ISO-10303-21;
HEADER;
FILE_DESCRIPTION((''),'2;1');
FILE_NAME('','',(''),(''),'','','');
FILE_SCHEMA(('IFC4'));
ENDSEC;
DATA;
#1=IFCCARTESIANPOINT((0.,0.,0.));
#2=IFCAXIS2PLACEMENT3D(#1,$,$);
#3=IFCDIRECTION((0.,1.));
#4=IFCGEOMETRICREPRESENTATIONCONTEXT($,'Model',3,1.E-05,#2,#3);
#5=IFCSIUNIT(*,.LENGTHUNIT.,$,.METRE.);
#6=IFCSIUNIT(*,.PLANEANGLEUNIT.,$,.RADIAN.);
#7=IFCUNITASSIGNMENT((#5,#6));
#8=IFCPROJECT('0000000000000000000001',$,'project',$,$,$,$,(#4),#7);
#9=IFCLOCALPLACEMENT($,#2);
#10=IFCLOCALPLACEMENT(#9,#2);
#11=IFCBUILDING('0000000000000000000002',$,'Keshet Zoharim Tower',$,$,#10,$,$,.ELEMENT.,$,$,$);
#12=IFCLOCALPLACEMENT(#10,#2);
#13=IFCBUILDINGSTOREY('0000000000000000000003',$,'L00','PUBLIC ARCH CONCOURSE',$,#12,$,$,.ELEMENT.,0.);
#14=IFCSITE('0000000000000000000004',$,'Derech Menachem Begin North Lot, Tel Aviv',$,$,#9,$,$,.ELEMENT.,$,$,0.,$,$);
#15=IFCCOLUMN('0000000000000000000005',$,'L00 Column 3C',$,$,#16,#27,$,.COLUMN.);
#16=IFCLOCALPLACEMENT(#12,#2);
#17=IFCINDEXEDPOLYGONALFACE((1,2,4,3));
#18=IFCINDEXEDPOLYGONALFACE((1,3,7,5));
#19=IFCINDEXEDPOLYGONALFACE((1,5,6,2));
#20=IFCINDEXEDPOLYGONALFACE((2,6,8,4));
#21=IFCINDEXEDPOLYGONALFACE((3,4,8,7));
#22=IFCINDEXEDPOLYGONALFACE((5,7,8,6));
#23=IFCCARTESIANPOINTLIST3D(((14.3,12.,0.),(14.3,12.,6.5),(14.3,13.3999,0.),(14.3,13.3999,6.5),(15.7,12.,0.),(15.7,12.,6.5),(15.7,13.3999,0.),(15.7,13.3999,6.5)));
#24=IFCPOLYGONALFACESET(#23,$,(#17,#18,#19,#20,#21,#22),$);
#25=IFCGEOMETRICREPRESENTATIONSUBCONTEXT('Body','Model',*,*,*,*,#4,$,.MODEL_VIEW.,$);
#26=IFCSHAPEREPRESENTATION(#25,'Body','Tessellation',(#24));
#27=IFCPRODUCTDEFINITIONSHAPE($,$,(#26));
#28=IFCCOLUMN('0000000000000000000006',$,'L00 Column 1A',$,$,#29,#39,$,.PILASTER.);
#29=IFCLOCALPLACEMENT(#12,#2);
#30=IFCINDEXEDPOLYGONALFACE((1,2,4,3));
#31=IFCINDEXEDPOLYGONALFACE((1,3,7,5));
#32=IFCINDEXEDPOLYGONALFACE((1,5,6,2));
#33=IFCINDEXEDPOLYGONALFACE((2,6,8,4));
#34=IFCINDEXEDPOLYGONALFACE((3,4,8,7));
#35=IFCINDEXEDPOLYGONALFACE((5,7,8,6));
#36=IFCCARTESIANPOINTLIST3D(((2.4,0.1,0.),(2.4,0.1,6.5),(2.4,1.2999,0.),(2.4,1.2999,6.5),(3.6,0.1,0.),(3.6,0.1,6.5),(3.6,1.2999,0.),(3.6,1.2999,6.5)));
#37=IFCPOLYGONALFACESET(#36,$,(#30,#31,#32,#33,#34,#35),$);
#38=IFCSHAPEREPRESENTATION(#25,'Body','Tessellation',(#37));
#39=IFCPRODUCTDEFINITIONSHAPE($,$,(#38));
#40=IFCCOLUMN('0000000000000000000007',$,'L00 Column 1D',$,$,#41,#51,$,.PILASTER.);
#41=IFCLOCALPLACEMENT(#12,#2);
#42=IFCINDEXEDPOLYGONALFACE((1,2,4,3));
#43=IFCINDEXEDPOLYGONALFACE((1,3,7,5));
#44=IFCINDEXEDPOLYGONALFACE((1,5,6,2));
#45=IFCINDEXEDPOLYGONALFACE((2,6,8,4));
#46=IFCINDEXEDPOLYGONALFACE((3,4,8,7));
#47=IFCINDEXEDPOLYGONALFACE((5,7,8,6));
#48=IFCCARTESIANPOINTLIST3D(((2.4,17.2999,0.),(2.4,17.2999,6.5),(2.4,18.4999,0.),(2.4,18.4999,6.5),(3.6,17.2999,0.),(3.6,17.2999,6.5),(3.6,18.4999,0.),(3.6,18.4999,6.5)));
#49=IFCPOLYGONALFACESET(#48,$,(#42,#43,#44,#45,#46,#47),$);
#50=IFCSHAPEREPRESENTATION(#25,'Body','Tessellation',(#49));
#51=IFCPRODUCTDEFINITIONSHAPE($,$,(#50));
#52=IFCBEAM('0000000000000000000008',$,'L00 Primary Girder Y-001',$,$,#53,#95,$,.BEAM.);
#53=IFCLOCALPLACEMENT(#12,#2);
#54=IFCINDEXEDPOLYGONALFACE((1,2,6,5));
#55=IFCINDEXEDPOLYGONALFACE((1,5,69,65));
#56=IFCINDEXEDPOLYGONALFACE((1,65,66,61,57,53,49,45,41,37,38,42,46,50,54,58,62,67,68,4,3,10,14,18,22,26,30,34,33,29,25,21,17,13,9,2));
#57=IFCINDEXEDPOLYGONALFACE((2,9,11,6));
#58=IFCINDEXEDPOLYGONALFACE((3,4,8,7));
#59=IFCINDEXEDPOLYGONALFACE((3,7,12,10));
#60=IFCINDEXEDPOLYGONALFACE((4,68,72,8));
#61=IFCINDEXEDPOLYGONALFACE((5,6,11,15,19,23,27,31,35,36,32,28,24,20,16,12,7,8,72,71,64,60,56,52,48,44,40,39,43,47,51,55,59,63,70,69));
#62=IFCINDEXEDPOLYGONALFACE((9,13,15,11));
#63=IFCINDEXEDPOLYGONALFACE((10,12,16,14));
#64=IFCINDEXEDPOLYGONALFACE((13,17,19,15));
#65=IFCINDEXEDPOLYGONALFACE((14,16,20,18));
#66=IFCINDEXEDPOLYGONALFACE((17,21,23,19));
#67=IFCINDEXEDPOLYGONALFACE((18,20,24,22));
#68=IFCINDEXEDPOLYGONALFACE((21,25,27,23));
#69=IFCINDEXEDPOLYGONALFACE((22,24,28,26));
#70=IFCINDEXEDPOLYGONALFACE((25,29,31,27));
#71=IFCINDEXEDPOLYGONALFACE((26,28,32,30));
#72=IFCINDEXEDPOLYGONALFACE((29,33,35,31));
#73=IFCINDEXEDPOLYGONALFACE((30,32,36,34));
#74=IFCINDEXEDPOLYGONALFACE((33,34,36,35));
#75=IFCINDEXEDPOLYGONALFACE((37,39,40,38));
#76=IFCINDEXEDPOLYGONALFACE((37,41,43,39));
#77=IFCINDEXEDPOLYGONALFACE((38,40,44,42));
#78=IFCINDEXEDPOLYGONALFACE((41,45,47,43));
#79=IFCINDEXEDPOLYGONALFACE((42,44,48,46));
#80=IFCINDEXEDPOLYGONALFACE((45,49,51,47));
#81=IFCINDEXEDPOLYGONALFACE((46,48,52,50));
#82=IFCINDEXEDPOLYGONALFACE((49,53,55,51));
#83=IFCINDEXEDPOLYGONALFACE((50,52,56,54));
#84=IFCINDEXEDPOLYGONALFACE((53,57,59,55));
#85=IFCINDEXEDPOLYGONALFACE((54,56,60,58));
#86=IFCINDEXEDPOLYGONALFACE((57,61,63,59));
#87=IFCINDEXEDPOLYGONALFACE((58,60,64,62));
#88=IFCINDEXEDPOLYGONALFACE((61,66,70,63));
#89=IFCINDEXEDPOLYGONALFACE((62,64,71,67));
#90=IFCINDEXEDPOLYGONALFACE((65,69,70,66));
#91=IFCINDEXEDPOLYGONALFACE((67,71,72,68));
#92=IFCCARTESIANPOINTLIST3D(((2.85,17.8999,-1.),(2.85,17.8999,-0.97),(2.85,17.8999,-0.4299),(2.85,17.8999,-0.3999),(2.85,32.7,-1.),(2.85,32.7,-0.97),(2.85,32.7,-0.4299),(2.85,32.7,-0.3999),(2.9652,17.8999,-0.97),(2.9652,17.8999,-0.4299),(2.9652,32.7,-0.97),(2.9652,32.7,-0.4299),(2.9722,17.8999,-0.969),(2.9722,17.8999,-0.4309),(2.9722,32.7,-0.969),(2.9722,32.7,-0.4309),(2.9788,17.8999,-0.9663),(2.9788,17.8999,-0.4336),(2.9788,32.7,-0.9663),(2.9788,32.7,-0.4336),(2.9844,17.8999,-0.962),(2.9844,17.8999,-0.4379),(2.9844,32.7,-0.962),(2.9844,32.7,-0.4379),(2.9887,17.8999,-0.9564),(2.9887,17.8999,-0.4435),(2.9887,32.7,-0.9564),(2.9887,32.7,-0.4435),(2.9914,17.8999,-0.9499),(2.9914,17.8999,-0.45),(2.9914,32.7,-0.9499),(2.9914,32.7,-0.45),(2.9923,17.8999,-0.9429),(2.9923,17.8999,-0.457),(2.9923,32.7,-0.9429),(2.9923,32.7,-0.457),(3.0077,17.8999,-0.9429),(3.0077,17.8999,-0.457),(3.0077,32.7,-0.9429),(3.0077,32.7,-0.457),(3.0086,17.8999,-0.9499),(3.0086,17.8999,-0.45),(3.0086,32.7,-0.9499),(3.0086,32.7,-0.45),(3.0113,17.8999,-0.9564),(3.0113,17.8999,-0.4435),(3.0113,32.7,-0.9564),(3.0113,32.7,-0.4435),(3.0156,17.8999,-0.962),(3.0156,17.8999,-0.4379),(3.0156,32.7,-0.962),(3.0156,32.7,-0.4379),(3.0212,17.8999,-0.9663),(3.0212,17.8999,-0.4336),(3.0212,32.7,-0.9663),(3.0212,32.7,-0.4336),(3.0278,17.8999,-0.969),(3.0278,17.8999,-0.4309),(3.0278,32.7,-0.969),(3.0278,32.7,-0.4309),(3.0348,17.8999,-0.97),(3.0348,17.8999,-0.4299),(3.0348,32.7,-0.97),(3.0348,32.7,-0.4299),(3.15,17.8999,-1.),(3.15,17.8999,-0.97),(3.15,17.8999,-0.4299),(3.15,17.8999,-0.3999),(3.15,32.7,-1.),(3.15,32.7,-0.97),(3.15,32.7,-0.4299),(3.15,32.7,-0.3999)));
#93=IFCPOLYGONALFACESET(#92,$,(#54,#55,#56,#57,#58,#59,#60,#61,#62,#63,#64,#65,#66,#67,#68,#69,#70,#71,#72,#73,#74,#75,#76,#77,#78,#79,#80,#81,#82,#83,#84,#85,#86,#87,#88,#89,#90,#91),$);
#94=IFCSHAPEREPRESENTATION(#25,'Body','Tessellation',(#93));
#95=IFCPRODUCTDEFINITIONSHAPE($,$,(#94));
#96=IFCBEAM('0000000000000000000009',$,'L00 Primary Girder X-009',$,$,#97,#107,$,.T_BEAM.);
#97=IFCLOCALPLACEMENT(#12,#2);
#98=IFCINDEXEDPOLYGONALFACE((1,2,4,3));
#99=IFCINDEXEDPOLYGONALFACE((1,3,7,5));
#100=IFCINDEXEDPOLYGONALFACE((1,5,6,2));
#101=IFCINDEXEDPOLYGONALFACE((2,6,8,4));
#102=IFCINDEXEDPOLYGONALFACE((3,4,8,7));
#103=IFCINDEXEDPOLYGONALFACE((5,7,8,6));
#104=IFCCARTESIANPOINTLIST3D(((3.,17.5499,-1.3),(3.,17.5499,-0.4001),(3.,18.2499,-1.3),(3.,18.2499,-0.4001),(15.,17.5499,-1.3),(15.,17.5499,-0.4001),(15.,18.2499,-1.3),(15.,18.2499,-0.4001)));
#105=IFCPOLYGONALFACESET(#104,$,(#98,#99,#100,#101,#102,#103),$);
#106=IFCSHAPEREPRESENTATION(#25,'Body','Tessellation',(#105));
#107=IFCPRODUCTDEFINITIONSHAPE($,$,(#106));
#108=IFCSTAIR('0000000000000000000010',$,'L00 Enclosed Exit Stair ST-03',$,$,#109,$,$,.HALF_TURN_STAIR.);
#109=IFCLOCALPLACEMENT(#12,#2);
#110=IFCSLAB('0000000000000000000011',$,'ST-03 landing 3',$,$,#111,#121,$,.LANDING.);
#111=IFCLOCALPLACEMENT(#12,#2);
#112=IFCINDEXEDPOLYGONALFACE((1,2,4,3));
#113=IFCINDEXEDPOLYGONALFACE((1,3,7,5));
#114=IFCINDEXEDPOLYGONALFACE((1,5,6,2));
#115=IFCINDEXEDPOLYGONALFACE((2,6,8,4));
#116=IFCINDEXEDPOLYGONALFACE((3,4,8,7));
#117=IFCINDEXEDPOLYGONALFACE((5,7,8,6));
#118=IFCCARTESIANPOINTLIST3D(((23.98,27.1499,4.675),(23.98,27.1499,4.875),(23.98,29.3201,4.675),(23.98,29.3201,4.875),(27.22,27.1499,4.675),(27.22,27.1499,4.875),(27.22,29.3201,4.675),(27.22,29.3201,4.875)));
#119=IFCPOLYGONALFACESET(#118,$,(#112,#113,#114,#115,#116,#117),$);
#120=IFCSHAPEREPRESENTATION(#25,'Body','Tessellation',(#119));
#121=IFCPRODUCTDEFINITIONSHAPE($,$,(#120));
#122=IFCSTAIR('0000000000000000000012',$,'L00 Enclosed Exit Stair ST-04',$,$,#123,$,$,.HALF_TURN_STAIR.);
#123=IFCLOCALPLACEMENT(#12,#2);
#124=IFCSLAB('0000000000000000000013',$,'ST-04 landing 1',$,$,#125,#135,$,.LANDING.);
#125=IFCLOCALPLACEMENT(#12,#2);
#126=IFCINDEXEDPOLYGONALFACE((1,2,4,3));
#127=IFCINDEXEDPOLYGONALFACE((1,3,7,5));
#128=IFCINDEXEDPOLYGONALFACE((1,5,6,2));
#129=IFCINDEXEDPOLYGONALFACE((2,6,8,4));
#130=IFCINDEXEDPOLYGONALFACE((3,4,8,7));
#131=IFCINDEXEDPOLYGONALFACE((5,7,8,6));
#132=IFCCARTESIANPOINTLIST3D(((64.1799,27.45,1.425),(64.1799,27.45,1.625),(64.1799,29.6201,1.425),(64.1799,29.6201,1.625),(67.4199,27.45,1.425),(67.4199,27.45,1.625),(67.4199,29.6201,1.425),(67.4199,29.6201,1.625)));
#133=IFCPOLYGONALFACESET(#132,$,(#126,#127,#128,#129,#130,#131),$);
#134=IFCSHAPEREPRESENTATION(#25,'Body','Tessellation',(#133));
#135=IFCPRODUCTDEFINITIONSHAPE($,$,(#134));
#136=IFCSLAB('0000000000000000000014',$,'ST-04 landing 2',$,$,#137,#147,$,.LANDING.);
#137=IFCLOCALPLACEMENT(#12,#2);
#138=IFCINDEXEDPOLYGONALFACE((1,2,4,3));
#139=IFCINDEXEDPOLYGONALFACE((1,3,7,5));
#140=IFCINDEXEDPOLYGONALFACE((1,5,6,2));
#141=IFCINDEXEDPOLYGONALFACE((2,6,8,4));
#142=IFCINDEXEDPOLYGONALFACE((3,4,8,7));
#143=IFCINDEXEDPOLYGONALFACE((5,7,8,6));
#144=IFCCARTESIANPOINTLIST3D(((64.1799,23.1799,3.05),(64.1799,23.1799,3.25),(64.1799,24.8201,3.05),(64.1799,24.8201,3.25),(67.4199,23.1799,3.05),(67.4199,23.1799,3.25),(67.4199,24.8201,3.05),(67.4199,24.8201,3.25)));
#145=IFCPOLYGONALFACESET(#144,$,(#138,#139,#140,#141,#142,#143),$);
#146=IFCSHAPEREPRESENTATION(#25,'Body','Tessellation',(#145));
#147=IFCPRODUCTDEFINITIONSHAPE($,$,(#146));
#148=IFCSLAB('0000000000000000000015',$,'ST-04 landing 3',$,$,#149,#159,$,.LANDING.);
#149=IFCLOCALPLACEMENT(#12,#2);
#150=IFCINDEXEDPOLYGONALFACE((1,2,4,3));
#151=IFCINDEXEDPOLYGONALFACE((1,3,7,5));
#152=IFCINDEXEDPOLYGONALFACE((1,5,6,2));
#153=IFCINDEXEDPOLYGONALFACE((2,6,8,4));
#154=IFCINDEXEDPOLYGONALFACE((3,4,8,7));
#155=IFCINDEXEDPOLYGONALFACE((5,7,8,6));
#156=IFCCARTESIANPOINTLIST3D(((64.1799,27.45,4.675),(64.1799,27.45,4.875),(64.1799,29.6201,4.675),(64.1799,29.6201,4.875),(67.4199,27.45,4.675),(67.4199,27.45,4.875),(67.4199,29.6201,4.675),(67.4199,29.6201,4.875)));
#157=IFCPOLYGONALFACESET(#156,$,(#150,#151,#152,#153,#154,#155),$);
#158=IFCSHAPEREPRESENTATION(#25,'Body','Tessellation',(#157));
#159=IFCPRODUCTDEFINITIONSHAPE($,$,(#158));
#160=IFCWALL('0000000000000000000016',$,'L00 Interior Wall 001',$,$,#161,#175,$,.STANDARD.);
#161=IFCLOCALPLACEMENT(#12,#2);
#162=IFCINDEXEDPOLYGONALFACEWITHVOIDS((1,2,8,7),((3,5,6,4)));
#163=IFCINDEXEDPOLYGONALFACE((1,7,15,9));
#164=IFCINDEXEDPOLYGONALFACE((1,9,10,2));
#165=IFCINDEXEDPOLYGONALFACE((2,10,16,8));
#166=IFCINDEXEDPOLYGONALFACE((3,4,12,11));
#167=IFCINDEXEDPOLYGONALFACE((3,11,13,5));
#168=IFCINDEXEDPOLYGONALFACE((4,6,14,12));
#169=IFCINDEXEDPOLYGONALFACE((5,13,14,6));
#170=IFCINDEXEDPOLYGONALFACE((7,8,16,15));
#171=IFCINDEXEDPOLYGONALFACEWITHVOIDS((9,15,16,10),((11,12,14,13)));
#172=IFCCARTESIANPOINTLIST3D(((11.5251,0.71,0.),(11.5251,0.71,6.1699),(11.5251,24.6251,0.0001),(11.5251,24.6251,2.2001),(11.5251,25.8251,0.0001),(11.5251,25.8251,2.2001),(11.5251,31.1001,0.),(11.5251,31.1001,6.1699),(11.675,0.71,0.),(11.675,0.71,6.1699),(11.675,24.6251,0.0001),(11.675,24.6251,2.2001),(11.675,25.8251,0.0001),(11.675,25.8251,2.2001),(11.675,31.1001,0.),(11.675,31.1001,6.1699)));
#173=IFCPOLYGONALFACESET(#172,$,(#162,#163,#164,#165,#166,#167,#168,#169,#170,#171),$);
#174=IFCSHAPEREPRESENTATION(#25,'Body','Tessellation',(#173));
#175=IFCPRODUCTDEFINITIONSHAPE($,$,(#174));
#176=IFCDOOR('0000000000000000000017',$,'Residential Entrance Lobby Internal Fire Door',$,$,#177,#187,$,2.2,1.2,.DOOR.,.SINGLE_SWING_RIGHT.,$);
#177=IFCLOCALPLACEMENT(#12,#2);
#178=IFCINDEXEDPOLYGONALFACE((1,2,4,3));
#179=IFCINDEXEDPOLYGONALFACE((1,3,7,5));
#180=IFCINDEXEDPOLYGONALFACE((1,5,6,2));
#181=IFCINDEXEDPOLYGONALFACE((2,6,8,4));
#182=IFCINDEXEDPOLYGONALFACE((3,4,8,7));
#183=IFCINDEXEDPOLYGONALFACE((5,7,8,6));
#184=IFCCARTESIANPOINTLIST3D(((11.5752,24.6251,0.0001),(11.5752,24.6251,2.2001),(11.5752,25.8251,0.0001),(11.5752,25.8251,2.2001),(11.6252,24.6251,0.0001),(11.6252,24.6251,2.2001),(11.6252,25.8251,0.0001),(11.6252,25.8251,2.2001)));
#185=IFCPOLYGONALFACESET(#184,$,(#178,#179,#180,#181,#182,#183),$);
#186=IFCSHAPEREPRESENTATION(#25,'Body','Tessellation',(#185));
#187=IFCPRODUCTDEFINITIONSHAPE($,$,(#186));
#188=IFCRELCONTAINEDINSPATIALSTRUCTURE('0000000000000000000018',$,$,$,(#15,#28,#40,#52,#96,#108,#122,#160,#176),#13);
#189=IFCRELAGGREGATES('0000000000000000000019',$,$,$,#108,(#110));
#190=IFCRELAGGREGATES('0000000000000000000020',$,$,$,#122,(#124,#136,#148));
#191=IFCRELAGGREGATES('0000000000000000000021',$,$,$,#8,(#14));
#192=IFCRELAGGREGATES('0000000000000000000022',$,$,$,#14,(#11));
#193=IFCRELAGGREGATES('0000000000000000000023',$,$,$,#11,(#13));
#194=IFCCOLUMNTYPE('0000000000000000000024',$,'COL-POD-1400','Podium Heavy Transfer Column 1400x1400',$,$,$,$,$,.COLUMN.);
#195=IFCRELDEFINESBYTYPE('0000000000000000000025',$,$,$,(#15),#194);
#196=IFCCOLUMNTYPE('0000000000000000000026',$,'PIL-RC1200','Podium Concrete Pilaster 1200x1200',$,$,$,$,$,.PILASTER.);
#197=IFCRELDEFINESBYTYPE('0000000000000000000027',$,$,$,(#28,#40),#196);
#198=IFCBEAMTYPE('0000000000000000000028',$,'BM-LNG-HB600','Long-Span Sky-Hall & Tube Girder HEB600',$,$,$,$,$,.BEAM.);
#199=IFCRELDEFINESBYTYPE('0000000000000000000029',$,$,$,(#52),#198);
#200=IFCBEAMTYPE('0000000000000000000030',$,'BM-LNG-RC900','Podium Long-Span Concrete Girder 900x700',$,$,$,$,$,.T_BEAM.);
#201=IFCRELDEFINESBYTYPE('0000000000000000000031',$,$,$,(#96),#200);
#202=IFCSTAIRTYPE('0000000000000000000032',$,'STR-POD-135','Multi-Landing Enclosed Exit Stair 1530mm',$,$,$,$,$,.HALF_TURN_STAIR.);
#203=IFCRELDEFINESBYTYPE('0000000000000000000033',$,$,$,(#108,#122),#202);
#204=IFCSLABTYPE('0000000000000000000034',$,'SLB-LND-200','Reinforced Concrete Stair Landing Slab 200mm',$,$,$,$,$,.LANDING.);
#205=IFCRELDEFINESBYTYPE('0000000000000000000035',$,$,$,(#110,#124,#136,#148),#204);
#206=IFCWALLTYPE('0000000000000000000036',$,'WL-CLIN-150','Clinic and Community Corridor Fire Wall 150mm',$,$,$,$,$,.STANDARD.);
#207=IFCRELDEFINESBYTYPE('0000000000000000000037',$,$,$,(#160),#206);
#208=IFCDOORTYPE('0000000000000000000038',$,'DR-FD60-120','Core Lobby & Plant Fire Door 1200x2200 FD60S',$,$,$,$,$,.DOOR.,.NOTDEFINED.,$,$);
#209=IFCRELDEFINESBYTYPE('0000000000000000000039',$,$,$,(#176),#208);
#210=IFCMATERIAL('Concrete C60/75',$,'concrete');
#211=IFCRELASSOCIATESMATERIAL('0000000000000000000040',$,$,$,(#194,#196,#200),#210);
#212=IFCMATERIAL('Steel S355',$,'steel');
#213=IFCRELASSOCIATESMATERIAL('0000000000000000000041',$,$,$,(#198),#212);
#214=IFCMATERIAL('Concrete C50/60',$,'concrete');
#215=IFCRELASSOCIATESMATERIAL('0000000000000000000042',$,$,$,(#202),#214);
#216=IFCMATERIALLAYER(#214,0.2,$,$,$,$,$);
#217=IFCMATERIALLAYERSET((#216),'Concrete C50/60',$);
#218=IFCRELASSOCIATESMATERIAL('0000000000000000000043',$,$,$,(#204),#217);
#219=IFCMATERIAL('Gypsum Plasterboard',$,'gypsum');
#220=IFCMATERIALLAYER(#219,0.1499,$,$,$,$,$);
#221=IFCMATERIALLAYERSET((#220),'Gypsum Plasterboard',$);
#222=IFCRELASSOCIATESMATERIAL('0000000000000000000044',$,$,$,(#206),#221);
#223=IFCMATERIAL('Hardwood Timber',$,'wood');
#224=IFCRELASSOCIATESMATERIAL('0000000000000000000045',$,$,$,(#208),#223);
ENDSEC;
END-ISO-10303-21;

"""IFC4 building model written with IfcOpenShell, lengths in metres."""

from ifc_helpers import new_model, si_unit, direction, frame, frame_2d, origin, origin_2d, place, context, subcontext, project, spatial, polyline, rectangle, i_section, outline, extrude, material, layer, layer_set, material_profile, profile_set, type_object, element, fill, aggregate, save


model = new_model("IFC4")

# Units and contexts
model_context = context("Model", 3, precision=1e-05, world=origin(), true_north=direction((0.0, 1.0)))
body_context = subcontext(model_context, "Body", "Model", "MODEL_VIEW")
ifc_project = project(units=[si_unit("LENGTHUNIT", "METRE"), si_unit("PLANEANGLEUNIT", "RADIAN")], contexts=[model_context])

# Site, building, storey
site_placement = place(None, origin())
site = spatial("IfcSite", under=ifc_project, at=site_placement, Name="Derech Menachem Begin North Lot, Tel Aviv", CompositionType="ELEMENT", RefElevation=0.0)
building_placement = place(site_placement, origin())
building = spatial("IfcBuilding", under=site, at=building_placement, Name="Keshet Zoharim Tower", CompositionType="ELEMENT")
storey_placement = place(building_placement, origin())
storey = spatial("IfcBuildingStorey", under=building, at=storey_placement, Name="L00", Description="PUBLIC ARCH CONCOURSE", CompositionType="ELEMENT", Elevation=0.0)

# Columns
ifc_material_1 = material(Name="Concrete C60/75", Category="concrete")
ifc_material_profile_1 = material_profile(ifc_material_1, rectangle(XDim=1.3999, YDim=1.3999, at=origin_2d()), Name="RC1400x1400")
ifc_profile_set_1 = profile_set([ifc_material_profile_1], Name="Concrete C60/75")
column_type_1 = type_object("IfcColumnType", Name="COL-POD-1400", Description="Podium Heavy Transfer Column 1400x1400", PredefinedType="COLUMN", material=ifc_profile_set_1)
column_placement = place(storey_placement, frame((15.0, 12.7, 0.0), z_axis=(0.0, 0.0, 1.0), x_axis=(1.0, 0.0, 0.0)))
element("IfcColumn", 1, at=column_placement, inside=storey, type_object=column_type_1, Name="L00 Column 3C", PredefinedType="COLUMN", context=body_context, shape_type="SweptSolid", body=[
    extrude(rectangle(XDim=1.3999, YDim=1.3999, at=origin_2d()), origin(), (0.0, 0.0, 1.0), 6.5),
])
ifc_material_profile_2 = material_profile(ifc_material_1, rectangle(XDim=1.2, YDim=1.2, at=origin_2d()), Name="RC1200x1200")
ifc_profile_set_2 = profile_set([ifc_material_profile_2], Name="Concrete C60/75")
column_type_2 = type_object("IfcColumnType", Name="PIL-RC1200", Description="Podium Concrete Pilaster 1200x1200", PredefinedType="PILASTER", material=ifc_profile_set_2)
for number, where, z_axis, x_axis, name in (
    (2, (3.0, 0.7, 0.0), (0.0, 0.0, 1.0), (1.0, 0.0, 0.0), "L00 Column 1A"),
    (3, (3.0, 17.8999, 0.0), (0.0, 0.0, 1.0), (1.0, 0.0, 0.0), "L00 Column 1D"),
):
    element("IfcColumn", number, at=place(storey_placement, frame(where, z_axis=z_axis, x_axis=x_axis)), inside=storey, type_object=column_type_2, Name=name, PredefinedType="PILASTER", context=body_context, shape_type="SweptSolid", body=[
        extrude(rectangle(XDim=1.2, YDim=1.2, at=origin_2d()), origin(), (0.0, 0.0, 1.0), 6.5),
    ])

# Beams
ifc_material_2 = material(Name="Steel S355", Category="steel")
ifc_material_profile_3 = material_profile(ifc_material_2, i_section(OverallWidth=0.3, OverallDepth=0.6001, WebThickness=0.0154, FlangeThickness=0.03, FilletRadius=0.0271, at=origin_2d()), Name="HEB600")
ifc_profile_set_3 = profile_set([ifc_material_profile_3], Name="Steel S355")
beam_type_1 = type_object("IfcBeamType", Name="BM-LNG-HB600", Description="Long-Span Sky-Hall & Tube Girder HEB600", PredefinedType="BEAM", material=ifc_profile_set_3)
beam_1_placement = place(storey_placement, frame((3.0, 17.8999, -0.7), z_axis=(0.0, 1.0, 0.0), x_axis=(-1.0, 0.0, 0.0)))
element("IfcBeam", 4, at=beam_1_placement, inside=storey, type_object=beam_type_1, Name="L00 Primary Girder Y-001", PredefinedType="BEAM", context=body_context, shape_type="SweptSolid", body=[
    extrude(i_section(OverallWidth=0.3, OverallDepth=0.6001, WebThickness=0.0154, FlangeThickness=0.03, FilletRadius=0.0271, at=origin_2d()), origin(), (0.0, 0.0, 1.0), 14.8),
])
ifc_material_profile_4 = material_profile(ifc_material_1, rectangle(XDim=0.7, YDim=0.8999, at=origin_2d()), Name="RC900x700")
ifc_profile_set_4 = profile_set([ifc_material_profile_4], Name="Concrete C60/75")
beam_type_2 = type_object("IfcBeamType", Name="BM-LNG-RC900", Description="Podium Long-Span Concrete Girder 900x700", PredefinedType="T_BEAM", material=ifc_profile_set_4)
beam_2_placement = place(storey_placement, frame((3.0, 17.8999, -0.8501), z_axis=(1.0, 0.0, 0.0), x_axis=(0.0, 1.0, 0.0)))
element("IfcBeam", 5, at=beam_2_placement, inside=storey, type_object=beam_type_2, Name="L00 Primary Girder X-009", PredefinedType="T_BEAM", context=body_context, shape_type="SweptSolid", body=[
    extrude(rectangle(XDim=0.7, YDim=0.8999, at=origin_2d()), origin(), (0.0, 0.0, 1.0), 12.0),
])

# Stair, slab
ifc_material_3 = material(Name="Concrete C50/60", Category="concrete")
stair_type = type_object("IfcStairType", Name="STR-POD-135", Description="Multi-Landing Enclosed Exit Stair 1530mm", PredefinedType="HALF_TURN_STAIR", material=ifc_material_3)
stair_1_placement = place(storey_placement, origin())
stair_1 = element("IfcStair", 6, at=stair_1_placement, inside=storey, type_object=stair_type, Name="L00 Enclosed Exit Stair ST-03", PredefinedType="HALF_TURN_STAIR")
ifc_layer_1 = layer(ifc_material_3, 0.2)
ifc_layer_set_1 = layer_set([ifc_layer_1], Name="Concrete C50/60")
slab_type = type_object("IfcSlabType", Name="SLB-LND-200", Description="Reinforced Concrete Stair Landing Slab 200mm", PredefinedType="LANDING", material=ifc_layer_set_1)
slab_1_placement = place(storey_placement, frame((0.0, 0.0, 4.675)))
slab_1 = element("IfcSlab", 7, at=slab_1_placement, type_object=slab_type, Name="ST-03 landing 3", PredefinedType="LANDING", context=body_context, shape_type="SweptSolid", body=[
    extrude(outline(polyline([(23.98, 27.1499), (27.22, 27.1499), (27.22, 29.3201), (23.98, 29.3201), (23.98, 27.1499)])), origin(), (0.0, 0.0, 1.0), 0.2),
])
aggregate(stair_1, [slab_1])

# Stair, slabs
stair_2_placement = place(storey_placement, origin())
stair_2 = element("IfcStair", 8, at=stair_2_placement, inside=storey, type_object=stair_type, Name="L00 Enclosed Exit Stair ST-04", PredefinedType="HALF_TURN_STAIR")
slab_2_placement = place(storey_placement, frame((0.0, 0.0, 1.425)))
slab_2 = element("IfcSlab", 9, at=slab_2_placement, type_object=slab_type, Name="ST-04 landing 1", PredefinedType="LANDING", context=body_context, shape_type="SweptSolid", body=[
    extrude(outline(polyline([(64.1799, 27.45), (67.4199, 27.45), (67.4199, 29.6201), (64.1799, 29.6201), (64.1799, 27.45)])), origin(), (0.0, 0.0, 1.0), 0.2),
])
slab_3_placement = place(storey_placement, frame((0.0, 0.0, 3.05)))
slab_3 = element("IfcSlab", 10, at=slab_3_placement, type_object=slab_type, Name="ST-04 landing 2", PredefinedType="LANDING", context=body_context, shape_type="SweptSolid", body=[
    extrude(outline(polyline([(64.1799, 23.1799), (67.4199, 23.1799), (67.4199, 24.8201), (64.1799, 24.8201), (64.1799, 23.1799)])), origin(), (0.0, 0.0, 1.0), 0.2),
])
slab_4_placement = place(storey_placement, frame((0.0, 0.0, 4.675)))
slab_4 = element("IfcSlab", 11, at=slab_4_placement, type_object=slab_type, Name="ST-04 landing 3", PredefinedType="LANDING", context=body_context, shape_type="SweptSolid", body=[
    extrude(outline(polyline([(64.1799, 27.45), (67.4199, 27.45), (67.4199, 29.6201), (64.1799, 29.6201), (64.1799, 27.45)])), origin(), (0.0, 0.0, 1.0), 0.2),
])
aggregate(stair_2, [slab_2, slab_3, slab_4])

# Wall, opening, door
ifc_material_4 = material(Name="Gypsum Plasterboard", Category="gypsum")
ifc_layer_2 = layer(ifc_material_4, 0.1499)
ifc_layer_set_2 = layer_set([ifc_layer_2], Name="Gypsum Plasterboard")
wall_type_1 = type_object("IfcWallType", Name="WL-CLIN-150", Description="Clinic and Community Corridor Fire Wall 150mm", PredefinedType="STANDARD", material=ifc_layer_set_2)
wall_1_placement = place(storey_placement, frame((11.6001, 0.71, 0.0), z_axis=(0.0, 0.0, 1.0), x_axis=(0.0, 1.0, 0.0)))
wall_1 = element("IfcWall", 12, at=wall_1_placement, inside=storey, type_object=wall_type_1, Name="L00 Interior Wall 001", PredefinedType="STANDARD", context=body_context, shape_type="SweptSolid", body=[
    extrude(rectangle(XDim=30.3901, YDim=0.1499, at=frame_2d((15.1951, 0.0))), origin(), (0.0, 0.0, 1.0), 6.1699),
])
opening_1_placement = place(wall_1_placement, frame((23.915, 0.0, 0.0)))
opening_1 = element("IfcOpeningElement", 13, at=opening_1_placement, cuts=wall_1, PredefinedType="OPENING", context=body_context, shape_type="SweptSolid", body=[
    extrude(rectangle(XDim=1.2, YDim=2.2, at=frame_2d((0.6001, 1.1001))), frame((0.0, 0.085, 0.0), z_axis=(0.0, -1.0, 0.0), x_axis=(1.0, 0.0, 0.0)), (0.0, 0.0, 1.0), 0.1699),
])
ifc_material_5 = material(Name="Hardwood Timber", Category="wood")
door_type = type_object("IfcDoorType", Name="DR-FD60-120", Description="Core Lobby & Plant Fire Door 1200x2200 FD60S", OperationType="NOTDEFINED", PredefinedType="DOOR", material=ifc_material_5)
door_1_placement = place(opening_1_placement, origin())
door_1 = element("IfcDoor", 14, at=door_1_placement, inside=storey, type_object=door_type, Name="Residential Entrance Lobby Internal Fire Door", OperationType="SINGLE_SWING_RIGHT", OverallHeight=2.2, OverallWidth=1.2, PredefinedType="DOOR", context=body_context, shape_type="SweptSolid", body=[
    extrude(rectangle(XDim=1.2, YDim=2.2, at=frame_2d((0.6001, 1.1001))), frame((0.0, 0.0249, 0.0), z_axis=(0.0, -1.0, 0.0), x_axis=(1.0, 0.0, 0.0)), (0.0, 0.0, 1.0), 0.05),
])
fill(opening_1, door_1)

save(model, "model.ifc")
